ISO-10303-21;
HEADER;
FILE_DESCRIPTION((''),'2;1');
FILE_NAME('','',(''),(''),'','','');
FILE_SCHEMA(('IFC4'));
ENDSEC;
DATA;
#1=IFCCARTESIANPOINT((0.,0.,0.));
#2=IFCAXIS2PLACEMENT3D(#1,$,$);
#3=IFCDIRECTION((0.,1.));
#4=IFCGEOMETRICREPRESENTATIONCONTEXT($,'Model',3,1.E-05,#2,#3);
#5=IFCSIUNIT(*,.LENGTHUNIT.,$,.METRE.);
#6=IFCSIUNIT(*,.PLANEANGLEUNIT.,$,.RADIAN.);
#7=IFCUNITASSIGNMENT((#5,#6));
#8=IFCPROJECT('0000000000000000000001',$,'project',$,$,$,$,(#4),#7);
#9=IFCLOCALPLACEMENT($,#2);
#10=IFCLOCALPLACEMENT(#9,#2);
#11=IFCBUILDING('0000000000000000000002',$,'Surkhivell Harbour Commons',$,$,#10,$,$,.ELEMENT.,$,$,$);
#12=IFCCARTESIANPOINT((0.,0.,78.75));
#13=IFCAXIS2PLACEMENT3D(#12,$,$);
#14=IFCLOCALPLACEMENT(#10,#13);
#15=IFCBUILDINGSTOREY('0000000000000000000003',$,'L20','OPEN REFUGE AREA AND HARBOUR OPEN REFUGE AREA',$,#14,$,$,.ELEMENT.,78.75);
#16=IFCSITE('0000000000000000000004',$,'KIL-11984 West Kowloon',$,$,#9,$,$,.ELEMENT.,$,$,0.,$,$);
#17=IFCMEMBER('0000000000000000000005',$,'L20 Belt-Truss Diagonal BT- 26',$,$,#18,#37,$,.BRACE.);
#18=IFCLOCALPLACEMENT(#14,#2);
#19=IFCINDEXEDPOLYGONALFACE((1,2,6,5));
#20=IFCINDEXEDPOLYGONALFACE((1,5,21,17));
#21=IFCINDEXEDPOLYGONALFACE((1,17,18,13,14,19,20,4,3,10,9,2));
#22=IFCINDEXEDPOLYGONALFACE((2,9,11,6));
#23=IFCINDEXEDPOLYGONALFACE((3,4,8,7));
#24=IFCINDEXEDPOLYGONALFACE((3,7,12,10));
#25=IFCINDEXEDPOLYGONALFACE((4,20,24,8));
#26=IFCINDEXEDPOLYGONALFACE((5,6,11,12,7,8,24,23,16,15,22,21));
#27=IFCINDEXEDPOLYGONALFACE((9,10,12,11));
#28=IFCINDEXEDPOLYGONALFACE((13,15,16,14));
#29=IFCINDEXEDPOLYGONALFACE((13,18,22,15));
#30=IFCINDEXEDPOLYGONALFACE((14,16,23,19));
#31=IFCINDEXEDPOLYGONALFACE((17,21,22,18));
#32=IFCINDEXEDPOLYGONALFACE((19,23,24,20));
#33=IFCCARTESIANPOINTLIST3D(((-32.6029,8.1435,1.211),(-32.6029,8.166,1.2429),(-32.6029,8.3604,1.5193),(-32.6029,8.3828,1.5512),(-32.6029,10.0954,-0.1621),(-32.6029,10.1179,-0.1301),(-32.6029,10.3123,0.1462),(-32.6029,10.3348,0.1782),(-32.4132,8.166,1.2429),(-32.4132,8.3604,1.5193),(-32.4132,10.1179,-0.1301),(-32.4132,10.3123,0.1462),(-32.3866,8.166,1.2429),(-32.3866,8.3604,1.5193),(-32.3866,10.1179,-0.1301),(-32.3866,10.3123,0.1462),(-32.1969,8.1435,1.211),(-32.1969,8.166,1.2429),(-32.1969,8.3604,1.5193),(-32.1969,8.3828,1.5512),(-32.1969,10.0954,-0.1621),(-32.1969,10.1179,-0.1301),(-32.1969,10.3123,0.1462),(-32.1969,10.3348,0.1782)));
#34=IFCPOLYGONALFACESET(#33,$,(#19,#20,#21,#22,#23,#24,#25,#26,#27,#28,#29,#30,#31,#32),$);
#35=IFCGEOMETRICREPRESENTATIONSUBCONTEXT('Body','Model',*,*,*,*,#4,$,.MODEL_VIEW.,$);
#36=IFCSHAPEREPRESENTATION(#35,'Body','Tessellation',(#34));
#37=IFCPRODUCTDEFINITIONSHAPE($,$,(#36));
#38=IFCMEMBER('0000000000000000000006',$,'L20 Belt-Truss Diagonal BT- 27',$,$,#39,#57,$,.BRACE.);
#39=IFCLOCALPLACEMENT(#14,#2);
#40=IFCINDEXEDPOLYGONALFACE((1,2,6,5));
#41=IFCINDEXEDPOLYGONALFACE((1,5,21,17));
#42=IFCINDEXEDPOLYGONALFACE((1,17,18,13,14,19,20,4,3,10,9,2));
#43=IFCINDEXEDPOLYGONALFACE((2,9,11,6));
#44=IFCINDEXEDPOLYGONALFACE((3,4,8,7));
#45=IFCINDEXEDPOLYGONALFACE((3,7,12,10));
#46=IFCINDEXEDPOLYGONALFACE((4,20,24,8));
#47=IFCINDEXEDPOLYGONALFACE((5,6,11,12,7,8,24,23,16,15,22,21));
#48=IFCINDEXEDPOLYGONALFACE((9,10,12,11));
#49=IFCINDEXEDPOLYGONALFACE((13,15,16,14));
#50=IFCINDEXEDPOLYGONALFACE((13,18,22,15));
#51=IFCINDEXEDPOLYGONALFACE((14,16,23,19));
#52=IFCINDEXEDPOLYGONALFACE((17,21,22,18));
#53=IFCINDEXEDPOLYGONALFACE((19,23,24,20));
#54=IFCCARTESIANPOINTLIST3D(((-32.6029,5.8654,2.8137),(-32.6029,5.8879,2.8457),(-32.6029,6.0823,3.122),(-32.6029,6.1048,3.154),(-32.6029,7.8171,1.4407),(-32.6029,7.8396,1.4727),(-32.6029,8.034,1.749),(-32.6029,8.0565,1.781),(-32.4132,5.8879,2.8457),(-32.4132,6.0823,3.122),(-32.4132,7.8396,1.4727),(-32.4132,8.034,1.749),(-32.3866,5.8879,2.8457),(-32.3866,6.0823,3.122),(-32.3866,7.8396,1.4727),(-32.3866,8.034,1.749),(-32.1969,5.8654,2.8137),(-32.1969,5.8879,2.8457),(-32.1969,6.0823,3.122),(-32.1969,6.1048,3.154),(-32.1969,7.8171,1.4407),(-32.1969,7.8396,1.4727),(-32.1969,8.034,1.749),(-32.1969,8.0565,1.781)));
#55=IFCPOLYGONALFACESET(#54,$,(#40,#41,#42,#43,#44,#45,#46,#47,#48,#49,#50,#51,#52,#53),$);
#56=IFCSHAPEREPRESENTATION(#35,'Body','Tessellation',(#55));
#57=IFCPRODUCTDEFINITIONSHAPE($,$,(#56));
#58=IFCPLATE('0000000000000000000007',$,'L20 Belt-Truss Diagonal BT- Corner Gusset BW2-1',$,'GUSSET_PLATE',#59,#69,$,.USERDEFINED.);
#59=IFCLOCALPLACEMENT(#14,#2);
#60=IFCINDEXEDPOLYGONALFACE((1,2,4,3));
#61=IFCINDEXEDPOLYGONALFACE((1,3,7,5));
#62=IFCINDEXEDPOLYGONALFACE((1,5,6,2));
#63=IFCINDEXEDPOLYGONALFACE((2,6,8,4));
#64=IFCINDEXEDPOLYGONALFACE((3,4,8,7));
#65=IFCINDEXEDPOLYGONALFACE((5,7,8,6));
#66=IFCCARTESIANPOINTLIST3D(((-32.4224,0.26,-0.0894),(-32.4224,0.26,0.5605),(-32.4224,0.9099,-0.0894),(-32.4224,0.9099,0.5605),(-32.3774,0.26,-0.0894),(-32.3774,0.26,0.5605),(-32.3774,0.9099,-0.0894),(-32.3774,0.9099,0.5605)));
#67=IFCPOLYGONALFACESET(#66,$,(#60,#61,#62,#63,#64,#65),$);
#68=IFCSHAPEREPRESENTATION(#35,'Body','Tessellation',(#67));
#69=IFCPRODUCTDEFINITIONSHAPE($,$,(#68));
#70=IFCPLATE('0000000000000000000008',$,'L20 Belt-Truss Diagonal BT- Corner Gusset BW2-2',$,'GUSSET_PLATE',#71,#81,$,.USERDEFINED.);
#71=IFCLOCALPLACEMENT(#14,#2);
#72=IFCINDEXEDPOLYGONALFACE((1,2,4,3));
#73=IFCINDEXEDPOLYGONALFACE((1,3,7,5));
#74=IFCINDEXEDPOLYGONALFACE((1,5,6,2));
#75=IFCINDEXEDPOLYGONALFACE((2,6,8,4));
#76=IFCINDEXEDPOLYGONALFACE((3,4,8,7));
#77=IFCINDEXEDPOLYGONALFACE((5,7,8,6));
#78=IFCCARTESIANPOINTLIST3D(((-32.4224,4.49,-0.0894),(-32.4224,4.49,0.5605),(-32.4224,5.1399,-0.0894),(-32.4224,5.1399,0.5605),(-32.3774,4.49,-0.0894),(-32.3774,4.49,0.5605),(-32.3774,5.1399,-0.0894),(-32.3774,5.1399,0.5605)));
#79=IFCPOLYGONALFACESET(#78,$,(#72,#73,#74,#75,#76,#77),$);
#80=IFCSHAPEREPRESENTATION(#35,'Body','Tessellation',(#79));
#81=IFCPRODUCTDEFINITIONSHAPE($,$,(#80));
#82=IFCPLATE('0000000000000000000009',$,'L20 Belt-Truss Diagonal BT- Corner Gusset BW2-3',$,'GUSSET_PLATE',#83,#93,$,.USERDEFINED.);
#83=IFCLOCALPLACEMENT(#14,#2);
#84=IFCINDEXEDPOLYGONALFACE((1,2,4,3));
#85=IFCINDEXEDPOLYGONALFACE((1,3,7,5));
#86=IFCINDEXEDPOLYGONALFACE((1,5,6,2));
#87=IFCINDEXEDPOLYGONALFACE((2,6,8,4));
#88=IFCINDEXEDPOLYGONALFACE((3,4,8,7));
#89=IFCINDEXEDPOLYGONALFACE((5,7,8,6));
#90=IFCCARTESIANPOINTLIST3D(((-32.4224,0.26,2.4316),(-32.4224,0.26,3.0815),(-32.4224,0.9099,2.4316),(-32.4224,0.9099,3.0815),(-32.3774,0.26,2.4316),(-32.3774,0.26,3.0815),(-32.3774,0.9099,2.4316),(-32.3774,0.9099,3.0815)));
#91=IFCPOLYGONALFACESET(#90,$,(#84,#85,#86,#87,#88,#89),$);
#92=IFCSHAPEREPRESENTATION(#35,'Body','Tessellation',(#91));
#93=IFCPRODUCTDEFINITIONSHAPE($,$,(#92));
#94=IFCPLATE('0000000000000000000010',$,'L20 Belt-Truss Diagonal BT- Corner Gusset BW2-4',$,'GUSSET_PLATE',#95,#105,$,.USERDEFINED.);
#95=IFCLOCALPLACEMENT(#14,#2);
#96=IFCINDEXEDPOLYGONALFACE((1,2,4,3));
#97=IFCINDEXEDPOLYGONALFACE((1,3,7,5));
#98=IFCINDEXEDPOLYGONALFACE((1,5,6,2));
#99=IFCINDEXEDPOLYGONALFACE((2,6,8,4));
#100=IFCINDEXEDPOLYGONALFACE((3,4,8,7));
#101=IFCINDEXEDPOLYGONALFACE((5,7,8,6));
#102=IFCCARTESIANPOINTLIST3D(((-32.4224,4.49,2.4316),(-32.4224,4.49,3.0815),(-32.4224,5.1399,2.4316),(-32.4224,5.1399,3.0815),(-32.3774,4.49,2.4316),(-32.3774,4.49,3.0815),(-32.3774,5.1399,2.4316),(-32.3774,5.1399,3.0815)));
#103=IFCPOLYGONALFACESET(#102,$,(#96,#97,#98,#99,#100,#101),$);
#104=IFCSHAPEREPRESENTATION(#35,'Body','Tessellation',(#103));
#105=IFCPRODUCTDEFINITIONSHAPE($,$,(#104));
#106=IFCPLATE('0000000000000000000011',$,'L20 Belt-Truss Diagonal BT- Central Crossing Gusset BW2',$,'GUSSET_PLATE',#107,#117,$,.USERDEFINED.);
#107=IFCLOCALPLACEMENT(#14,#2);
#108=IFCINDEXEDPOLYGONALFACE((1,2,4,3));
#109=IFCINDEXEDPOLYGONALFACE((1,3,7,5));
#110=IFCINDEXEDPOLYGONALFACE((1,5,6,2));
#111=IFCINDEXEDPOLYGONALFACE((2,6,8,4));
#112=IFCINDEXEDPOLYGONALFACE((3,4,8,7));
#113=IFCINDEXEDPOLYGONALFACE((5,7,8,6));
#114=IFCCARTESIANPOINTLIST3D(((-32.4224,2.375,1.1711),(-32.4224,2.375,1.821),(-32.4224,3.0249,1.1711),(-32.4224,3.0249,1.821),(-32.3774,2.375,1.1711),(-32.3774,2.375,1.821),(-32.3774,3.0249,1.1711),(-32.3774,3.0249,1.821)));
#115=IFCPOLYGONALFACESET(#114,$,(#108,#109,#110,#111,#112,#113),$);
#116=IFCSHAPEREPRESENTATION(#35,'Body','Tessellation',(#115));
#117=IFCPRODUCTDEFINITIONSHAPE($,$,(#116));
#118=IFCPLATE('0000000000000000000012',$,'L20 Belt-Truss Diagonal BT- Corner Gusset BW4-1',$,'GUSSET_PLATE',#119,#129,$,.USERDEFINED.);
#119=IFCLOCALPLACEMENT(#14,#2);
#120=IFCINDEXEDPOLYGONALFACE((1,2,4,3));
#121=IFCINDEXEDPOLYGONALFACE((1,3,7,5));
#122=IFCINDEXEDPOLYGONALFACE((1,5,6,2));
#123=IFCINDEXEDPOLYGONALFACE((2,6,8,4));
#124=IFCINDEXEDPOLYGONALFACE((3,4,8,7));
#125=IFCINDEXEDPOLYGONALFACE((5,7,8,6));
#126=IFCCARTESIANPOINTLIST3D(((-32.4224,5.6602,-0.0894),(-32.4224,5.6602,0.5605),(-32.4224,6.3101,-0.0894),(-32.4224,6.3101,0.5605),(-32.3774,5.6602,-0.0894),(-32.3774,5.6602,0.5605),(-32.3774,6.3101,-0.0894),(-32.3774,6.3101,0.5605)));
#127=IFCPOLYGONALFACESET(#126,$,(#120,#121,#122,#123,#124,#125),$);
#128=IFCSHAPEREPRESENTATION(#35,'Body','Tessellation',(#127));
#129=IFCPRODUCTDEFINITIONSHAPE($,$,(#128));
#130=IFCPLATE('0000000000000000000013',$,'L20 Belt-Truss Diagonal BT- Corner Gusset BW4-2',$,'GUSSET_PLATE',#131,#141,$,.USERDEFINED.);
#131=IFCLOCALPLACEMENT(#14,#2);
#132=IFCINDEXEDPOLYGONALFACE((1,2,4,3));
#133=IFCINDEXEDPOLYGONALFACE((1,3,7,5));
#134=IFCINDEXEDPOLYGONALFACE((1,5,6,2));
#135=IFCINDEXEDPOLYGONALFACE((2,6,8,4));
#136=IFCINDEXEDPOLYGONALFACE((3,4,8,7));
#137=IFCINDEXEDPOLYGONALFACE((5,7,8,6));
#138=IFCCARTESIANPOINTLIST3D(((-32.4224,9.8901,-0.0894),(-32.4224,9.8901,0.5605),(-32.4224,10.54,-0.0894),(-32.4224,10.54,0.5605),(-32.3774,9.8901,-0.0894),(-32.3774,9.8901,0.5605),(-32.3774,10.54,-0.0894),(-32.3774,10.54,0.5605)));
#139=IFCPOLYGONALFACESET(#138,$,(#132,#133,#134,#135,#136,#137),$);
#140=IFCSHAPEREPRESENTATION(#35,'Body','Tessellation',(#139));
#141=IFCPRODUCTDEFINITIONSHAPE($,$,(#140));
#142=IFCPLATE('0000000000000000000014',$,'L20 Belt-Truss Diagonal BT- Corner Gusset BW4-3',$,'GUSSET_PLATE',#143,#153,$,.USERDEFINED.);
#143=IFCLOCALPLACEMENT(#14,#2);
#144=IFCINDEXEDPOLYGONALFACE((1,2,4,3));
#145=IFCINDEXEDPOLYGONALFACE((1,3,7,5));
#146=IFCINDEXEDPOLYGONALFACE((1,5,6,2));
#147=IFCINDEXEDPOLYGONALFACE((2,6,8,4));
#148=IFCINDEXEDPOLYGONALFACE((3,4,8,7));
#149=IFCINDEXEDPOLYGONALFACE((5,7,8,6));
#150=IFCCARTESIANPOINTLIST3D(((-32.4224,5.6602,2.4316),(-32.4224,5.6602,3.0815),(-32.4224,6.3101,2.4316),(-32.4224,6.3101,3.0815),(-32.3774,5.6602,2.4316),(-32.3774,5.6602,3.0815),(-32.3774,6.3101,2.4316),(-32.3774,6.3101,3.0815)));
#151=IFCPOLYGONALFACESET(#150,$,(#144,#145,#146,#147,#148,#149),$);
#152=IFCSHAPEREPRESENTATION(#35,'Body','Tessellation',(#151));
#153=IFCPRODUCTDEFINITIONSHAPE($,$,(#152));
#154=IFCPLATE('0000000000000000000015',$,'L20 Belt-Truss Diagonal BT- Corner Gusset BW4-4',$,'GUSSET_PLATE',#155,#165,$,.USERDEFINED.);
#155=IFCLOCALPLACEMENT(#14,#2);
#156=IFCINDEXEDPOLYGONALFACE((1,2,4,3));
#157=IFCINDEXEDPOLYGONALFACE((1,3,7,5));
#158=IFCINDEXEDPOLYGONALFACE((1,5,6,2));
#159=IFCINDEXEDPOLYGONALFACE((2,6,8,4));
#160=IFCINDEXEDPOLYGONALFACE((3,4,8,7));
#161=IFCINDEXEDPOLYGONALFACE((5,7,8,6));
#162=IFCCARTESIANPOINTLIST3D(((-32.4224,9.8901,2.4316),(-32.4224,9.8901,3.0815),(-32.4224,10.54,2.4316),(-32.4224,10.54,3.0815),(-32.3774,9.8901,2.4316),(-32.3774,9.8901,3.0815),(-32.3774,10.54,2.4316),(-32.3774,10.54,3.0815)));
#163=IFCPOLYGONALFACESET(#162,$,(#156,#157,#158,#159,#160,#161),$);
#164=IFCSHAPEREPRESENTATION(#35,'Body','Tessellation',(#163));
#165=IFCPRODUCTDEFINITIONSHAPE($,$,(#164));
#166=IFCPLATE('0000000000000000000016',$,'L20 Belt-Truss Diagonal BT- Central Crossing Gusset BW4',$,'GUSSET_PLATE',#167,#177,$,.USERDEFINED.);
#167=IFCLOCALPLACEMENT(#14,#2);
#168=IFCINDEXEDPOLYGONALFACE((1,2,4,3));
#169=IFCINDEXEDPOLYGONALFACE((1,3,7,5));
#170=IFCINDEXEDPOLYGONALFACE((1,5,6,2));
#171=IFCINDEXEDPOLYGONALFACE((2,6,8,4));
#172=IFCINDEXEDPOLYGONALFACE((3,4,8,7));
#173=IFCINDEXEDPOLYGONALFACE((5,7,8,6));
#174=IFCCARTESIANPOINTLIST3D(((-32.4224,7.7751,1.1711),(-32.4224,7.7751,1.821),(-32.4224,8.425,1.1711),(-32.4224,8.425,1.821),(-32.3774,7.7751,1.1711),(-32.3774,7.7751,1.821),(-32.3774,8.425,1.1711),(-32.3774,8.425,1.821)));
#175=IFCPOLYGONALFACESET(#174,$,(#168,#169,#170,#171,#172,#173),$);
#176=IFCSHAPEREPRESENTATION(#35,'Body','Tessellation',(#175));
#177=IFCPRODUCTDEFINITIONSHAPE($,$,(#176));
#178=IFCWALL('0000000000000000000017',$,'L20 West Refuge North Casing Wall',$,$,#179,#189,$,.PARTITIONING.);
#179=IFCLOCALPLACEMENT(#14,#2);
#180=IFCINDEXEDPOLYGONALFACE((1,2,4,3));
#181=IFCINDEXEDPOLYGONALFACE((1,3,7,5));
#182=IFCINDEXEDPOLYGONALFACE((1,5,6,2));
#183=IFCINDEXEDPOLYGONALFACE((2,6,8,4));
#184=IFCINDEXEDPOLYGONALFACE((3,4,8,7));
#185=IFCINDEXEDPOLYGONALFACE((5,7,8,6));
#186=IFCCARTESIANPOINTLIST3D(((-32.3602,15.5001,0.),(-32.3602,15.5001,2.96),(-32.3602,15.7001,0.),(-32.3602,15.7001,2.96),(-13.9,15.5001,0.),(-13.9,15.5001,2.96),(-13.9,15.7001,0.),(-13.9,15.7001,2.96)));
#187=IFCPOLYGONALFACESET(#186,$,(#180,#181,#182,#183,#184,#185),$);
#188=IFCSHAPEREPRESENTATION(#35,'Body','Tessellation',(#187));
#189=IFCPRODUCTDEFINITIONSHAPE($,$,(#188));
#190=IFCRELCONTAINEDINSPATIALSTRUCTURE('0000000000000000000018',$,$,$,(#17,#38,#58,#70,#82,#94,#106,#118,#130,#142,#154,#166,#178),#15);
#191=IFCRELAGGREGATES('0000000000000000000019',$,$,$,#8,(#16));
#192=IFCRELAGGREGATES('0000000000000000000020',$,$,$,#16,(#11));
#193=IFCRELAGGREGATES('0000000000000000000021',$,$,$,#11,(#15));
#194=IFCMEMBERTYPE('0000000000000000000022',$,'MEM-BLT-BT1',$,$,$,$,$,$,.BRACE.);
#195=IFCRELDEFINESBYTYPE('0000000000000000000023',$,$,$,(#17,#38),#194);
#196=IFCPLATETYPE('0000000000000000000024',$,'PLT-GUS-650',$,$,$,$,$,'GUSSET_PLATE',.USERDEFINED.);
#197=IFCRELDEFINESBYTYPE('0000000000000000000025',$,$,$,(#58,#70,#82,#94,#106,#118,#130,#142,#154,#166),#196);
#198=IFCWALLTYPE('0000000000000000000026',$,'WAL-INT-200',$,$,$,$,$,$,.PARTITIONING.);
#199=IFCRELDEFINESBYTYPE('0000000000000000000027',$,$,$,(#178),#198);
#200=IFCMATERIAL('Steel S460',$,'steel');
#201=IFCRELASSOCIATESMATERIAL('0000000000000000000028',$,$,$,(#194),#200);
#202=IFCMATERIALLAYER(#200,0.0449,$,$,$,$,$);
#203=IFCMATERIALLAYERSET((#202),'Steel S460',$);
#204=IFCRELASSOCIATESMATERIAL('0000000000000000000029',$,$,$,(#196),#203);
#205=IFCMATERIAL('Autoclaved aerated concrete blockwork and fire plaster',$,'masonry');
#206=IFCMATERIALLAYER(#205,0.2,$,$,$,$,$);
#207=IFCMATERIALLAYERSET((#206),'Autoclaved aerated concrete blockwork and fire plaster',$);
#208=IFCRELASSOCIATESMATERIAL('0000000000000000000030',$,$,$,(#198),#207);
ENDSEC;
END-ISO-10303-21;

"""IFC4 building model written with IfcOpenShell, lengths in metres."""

from ifc_helpers import new_model, si_unit, direction, frame, frame_2d, origin, origin_2d, place, context, subcontext, project, spatial, rectangle, i_section, extrude, material, layer, layer_set, material_profile, profile_set, type_object, element, save


model = new_model("IFC4")

# Units and contexts
model_context = context("Model", 3, precision=1e-05, world=origin(), true_north=direction((0.0, 1.0)))
body_context = subcontext(model_context, "Body", "Model", "MODEL_VIEW")
ifc_project = project(units=[si_unit("LENGTHUNIT", "METRE"), si_unit("PLANEANGLEUNIT", "RADIAN")], contexts=[model_context])

# Site, building, storey
site_placement = place(None, origin())
site = spatial("IfcSite", under=ifc_project, at=site_placement, Name="KIL-11984 West Kowloon", CompositionType="ELEMENT", RefElevation=0.0)
building_placement = place(site_placement, origin())
building = spatial("IfcBuilding", under=site, at=building_placement, Name="Surkhivell Harbour Commons", CompositionType="ELEMENT")
storey_placement = place(building_placement, frame((0.0, 0.0, 78.75)))
storey = spatial("IfcBuildingStorey", under=building, at=storey_placement, Name="L20", Description="OPEN REFUGE AREA AND HARBOUR OPEN REFUGE AREA", CompositionType="ELEMENT", Elevation=78.75)

# Shared definitions
ifc_material_1 = material(Name="Steel S460", Category="steel")

# Members
ifc_material_profile_1 = material_profile(ifc_material_1, i_section(OverallWidth=0.406, OverallDepth=0.416, WebThickness=0.0266, FlangeThickness=0.0391, at=origin_2d()), Name="HD400x382")
ifc_profile_set_1 = profile_set([ifc_material_profile_1], Name="Steel S460")
member_type = type_object("IfcMemberType", Name="MEM-BLT-BT1", PredefinedType="BRACE", material=ifc_profile_set_1)
member_1_placement = place(storey_placement, frame((-32.3999, 10.2151, 0.0081), z_axis=(0.0, -0.817908, 0.575349), x_axis=(1.0, 0.0, 0.0)))
element("IfcMember", 1, at=member_1_placement, inside=storey, type_object=member_type, Name="L20 Belt-Truss Diagonal BT- 26", PredefinedType="BRACE", context=body_context, shape_type="SweptSolid", body=[
    extrude(i_section(OverallWidth=0.406, OverallDepth=0.416, WebThickness=0.0266, FlangeThickness=0.0391, at=origin_2d()), origin(), (0.0, 0.0, 1.0), 2.3865),
])
member_2_placement = place(storey_placement, frame((-32.3999, 7.9368, 1.6108), z_axis=(0.0, -0.817874, 0.575397), x_axis=(1.0, 0.0, 0.0)))
element("IfcMember", 2, at=member_2_placement, inside=storey, type_object=member_type, Name="L20 Belt-Truss Diagonal BT- 27", PredefinedType="BRACE", context=body_context, shape_type="SweptSolid", body=[
    extrude(i_section(OverallWidth=0.406, OverallDepth=0.416, WebThickness=0.0266, FlangeThickness=0.0391, at=origin_2d()), origin(), (0.0, 0.0, 1.0), 2.3862),
])

# Plates
ifc_layer_1 = layer(ifc_material_1, 0.0449)
ifc_layer_set_1 = layer_set([ifc_layer_1], Name="Steel S460")
plate_type = type_object("IfcPlateType", Name="PLT-GUS-650", ElementType="GUSSET_PLATE", PredefinedType="USERDEFINED", material=ifc_layer_set_1)
for number, where, z_axis, x_axis, name in (
    (3, (-32.3999, 0.585, -0.0894), (0.0, 0.0, 1.0), (0.0, 1.0, 0.0), "L20 Belt-Truss Diagonal BT- Corner Gusset BW2-1"),
    (4, (-32.3999, 4.8149, -0.0894), (0.0, 0.0, 1.0), (0.0, 1.0, 0.0), "L20 Belt-Truss Diagonal BT- Corner Gusset BW2-2"),
    (5, (-32.3999, 0.585, 2.4316), (0.0, 0.0, 1.0), (0.0, 1.0, 0.0), "L20 Belt-Truss Diagonal BT- Corner Gusset BW2-3"),
    (6, (-32.3999, 4.8149, 2.4316), (0.0, 0.0, 1.0), (0.0, 1.0, 0.0), "L20 Belt-Truss Diagonal BT- Corner Gusset BW2-4"),
    (7, (-32.3999, 2.7, 1.1711), (0.0, 0.0, 1.0), (0.0, 1.0, 0.0), "L20 Belt-Truss Diagonal BT- Central Crossing Gusset BW2"),
    (8, (-32.3999, 5.9851, -0.0894), (0.0, 0.0, 1.0), (0.0, 1.0, 0.0), "L20 Belt-Truss Diagonal BT- Corner Gusset BW4-1"),
    (9, (-32.3999, 10.2151, -0.0894), (0.0, 0.0, 1.0), (0.0, 1.0, 0.0), "L20 Belt-Truss Diagonal BT- Corner Gusset BW4-2"),
    (10, (-32.3999, 5.9851, 2.4316), (0.0, 0.0, 1.0), (0.0, 1.0, 0.0), "L20 Belt-Truss Diagonal BT- Corner Gusset BW4-3"),
    (11, (-32.3999, 10.2151, 2.4316), (0.0, 0.0, 1.0), (0.0, 1.0, 0.0), "L20 Belt-Truss Diagonal BT- Corner Gusset BW4-4"),
    (12, (-32.3999, 8.1001, 1.1711), (0.0, 0.0, 1.0), (0.0, 1.0, 0.0), "L20 Belt-Truss Diagonal BT- Central Crossing Gusset BW4"),
):
    element("IfcPlate", number, at=place(storey_placement, frame(where, z_axis=z_axis, x_axis=x_axis)), inside=storey, type_object=plate_type, Name=name, ObjectType="GUSSET_PLATE", PredefinedType="USERDEFINED", context=body_context, shape_type="SweptSolid", body=[
        extrude(rectangle(XDim=0.6499, YDim=0.0449, at=origin_2d()), origin(), (0.0, 0.0, 1.0), 0.6499),
    ])

# Wall
ifc_material_2 = material(Name="Autoclaved aerated concrete blockwork and fire plaster", Category="masonry")
ifc_layer_2 = layer(ifc_material_2, 0.2)
ifc_layer_set_2 = layer_set([ifc_layer_2], Name="Autoclaved aerated concrete blockwork and fire plaster")
wall_type = type_object("IfcWallType", Name="WAL-INT-200", PredefinedType="PARTITIONING", material=ifc_layer_set_2)
wall_placement = place(storey_placement, frame((-32.3601, 15.6001, 0.0), z_axis=(0.0, 0.0, 1.0), x_axis=(1.0, 0.0, 0.0)))
element("IfcWall", 13, at=wall_placement, inside=storey, type_object=wall_type, Name="L20 West Refuge North Casing Wall", PredefinedType="PARTITIONING", context=body_context, shape_type="SweptSolid", body=[
    extrude(rectangle(XDim=18.4602, YDim=0.2, at=frame_2d((9.23, 0.0))), origin(), (0.0, 0.0, 1.0), 2.96),
])

save(model, "model.ifc")
